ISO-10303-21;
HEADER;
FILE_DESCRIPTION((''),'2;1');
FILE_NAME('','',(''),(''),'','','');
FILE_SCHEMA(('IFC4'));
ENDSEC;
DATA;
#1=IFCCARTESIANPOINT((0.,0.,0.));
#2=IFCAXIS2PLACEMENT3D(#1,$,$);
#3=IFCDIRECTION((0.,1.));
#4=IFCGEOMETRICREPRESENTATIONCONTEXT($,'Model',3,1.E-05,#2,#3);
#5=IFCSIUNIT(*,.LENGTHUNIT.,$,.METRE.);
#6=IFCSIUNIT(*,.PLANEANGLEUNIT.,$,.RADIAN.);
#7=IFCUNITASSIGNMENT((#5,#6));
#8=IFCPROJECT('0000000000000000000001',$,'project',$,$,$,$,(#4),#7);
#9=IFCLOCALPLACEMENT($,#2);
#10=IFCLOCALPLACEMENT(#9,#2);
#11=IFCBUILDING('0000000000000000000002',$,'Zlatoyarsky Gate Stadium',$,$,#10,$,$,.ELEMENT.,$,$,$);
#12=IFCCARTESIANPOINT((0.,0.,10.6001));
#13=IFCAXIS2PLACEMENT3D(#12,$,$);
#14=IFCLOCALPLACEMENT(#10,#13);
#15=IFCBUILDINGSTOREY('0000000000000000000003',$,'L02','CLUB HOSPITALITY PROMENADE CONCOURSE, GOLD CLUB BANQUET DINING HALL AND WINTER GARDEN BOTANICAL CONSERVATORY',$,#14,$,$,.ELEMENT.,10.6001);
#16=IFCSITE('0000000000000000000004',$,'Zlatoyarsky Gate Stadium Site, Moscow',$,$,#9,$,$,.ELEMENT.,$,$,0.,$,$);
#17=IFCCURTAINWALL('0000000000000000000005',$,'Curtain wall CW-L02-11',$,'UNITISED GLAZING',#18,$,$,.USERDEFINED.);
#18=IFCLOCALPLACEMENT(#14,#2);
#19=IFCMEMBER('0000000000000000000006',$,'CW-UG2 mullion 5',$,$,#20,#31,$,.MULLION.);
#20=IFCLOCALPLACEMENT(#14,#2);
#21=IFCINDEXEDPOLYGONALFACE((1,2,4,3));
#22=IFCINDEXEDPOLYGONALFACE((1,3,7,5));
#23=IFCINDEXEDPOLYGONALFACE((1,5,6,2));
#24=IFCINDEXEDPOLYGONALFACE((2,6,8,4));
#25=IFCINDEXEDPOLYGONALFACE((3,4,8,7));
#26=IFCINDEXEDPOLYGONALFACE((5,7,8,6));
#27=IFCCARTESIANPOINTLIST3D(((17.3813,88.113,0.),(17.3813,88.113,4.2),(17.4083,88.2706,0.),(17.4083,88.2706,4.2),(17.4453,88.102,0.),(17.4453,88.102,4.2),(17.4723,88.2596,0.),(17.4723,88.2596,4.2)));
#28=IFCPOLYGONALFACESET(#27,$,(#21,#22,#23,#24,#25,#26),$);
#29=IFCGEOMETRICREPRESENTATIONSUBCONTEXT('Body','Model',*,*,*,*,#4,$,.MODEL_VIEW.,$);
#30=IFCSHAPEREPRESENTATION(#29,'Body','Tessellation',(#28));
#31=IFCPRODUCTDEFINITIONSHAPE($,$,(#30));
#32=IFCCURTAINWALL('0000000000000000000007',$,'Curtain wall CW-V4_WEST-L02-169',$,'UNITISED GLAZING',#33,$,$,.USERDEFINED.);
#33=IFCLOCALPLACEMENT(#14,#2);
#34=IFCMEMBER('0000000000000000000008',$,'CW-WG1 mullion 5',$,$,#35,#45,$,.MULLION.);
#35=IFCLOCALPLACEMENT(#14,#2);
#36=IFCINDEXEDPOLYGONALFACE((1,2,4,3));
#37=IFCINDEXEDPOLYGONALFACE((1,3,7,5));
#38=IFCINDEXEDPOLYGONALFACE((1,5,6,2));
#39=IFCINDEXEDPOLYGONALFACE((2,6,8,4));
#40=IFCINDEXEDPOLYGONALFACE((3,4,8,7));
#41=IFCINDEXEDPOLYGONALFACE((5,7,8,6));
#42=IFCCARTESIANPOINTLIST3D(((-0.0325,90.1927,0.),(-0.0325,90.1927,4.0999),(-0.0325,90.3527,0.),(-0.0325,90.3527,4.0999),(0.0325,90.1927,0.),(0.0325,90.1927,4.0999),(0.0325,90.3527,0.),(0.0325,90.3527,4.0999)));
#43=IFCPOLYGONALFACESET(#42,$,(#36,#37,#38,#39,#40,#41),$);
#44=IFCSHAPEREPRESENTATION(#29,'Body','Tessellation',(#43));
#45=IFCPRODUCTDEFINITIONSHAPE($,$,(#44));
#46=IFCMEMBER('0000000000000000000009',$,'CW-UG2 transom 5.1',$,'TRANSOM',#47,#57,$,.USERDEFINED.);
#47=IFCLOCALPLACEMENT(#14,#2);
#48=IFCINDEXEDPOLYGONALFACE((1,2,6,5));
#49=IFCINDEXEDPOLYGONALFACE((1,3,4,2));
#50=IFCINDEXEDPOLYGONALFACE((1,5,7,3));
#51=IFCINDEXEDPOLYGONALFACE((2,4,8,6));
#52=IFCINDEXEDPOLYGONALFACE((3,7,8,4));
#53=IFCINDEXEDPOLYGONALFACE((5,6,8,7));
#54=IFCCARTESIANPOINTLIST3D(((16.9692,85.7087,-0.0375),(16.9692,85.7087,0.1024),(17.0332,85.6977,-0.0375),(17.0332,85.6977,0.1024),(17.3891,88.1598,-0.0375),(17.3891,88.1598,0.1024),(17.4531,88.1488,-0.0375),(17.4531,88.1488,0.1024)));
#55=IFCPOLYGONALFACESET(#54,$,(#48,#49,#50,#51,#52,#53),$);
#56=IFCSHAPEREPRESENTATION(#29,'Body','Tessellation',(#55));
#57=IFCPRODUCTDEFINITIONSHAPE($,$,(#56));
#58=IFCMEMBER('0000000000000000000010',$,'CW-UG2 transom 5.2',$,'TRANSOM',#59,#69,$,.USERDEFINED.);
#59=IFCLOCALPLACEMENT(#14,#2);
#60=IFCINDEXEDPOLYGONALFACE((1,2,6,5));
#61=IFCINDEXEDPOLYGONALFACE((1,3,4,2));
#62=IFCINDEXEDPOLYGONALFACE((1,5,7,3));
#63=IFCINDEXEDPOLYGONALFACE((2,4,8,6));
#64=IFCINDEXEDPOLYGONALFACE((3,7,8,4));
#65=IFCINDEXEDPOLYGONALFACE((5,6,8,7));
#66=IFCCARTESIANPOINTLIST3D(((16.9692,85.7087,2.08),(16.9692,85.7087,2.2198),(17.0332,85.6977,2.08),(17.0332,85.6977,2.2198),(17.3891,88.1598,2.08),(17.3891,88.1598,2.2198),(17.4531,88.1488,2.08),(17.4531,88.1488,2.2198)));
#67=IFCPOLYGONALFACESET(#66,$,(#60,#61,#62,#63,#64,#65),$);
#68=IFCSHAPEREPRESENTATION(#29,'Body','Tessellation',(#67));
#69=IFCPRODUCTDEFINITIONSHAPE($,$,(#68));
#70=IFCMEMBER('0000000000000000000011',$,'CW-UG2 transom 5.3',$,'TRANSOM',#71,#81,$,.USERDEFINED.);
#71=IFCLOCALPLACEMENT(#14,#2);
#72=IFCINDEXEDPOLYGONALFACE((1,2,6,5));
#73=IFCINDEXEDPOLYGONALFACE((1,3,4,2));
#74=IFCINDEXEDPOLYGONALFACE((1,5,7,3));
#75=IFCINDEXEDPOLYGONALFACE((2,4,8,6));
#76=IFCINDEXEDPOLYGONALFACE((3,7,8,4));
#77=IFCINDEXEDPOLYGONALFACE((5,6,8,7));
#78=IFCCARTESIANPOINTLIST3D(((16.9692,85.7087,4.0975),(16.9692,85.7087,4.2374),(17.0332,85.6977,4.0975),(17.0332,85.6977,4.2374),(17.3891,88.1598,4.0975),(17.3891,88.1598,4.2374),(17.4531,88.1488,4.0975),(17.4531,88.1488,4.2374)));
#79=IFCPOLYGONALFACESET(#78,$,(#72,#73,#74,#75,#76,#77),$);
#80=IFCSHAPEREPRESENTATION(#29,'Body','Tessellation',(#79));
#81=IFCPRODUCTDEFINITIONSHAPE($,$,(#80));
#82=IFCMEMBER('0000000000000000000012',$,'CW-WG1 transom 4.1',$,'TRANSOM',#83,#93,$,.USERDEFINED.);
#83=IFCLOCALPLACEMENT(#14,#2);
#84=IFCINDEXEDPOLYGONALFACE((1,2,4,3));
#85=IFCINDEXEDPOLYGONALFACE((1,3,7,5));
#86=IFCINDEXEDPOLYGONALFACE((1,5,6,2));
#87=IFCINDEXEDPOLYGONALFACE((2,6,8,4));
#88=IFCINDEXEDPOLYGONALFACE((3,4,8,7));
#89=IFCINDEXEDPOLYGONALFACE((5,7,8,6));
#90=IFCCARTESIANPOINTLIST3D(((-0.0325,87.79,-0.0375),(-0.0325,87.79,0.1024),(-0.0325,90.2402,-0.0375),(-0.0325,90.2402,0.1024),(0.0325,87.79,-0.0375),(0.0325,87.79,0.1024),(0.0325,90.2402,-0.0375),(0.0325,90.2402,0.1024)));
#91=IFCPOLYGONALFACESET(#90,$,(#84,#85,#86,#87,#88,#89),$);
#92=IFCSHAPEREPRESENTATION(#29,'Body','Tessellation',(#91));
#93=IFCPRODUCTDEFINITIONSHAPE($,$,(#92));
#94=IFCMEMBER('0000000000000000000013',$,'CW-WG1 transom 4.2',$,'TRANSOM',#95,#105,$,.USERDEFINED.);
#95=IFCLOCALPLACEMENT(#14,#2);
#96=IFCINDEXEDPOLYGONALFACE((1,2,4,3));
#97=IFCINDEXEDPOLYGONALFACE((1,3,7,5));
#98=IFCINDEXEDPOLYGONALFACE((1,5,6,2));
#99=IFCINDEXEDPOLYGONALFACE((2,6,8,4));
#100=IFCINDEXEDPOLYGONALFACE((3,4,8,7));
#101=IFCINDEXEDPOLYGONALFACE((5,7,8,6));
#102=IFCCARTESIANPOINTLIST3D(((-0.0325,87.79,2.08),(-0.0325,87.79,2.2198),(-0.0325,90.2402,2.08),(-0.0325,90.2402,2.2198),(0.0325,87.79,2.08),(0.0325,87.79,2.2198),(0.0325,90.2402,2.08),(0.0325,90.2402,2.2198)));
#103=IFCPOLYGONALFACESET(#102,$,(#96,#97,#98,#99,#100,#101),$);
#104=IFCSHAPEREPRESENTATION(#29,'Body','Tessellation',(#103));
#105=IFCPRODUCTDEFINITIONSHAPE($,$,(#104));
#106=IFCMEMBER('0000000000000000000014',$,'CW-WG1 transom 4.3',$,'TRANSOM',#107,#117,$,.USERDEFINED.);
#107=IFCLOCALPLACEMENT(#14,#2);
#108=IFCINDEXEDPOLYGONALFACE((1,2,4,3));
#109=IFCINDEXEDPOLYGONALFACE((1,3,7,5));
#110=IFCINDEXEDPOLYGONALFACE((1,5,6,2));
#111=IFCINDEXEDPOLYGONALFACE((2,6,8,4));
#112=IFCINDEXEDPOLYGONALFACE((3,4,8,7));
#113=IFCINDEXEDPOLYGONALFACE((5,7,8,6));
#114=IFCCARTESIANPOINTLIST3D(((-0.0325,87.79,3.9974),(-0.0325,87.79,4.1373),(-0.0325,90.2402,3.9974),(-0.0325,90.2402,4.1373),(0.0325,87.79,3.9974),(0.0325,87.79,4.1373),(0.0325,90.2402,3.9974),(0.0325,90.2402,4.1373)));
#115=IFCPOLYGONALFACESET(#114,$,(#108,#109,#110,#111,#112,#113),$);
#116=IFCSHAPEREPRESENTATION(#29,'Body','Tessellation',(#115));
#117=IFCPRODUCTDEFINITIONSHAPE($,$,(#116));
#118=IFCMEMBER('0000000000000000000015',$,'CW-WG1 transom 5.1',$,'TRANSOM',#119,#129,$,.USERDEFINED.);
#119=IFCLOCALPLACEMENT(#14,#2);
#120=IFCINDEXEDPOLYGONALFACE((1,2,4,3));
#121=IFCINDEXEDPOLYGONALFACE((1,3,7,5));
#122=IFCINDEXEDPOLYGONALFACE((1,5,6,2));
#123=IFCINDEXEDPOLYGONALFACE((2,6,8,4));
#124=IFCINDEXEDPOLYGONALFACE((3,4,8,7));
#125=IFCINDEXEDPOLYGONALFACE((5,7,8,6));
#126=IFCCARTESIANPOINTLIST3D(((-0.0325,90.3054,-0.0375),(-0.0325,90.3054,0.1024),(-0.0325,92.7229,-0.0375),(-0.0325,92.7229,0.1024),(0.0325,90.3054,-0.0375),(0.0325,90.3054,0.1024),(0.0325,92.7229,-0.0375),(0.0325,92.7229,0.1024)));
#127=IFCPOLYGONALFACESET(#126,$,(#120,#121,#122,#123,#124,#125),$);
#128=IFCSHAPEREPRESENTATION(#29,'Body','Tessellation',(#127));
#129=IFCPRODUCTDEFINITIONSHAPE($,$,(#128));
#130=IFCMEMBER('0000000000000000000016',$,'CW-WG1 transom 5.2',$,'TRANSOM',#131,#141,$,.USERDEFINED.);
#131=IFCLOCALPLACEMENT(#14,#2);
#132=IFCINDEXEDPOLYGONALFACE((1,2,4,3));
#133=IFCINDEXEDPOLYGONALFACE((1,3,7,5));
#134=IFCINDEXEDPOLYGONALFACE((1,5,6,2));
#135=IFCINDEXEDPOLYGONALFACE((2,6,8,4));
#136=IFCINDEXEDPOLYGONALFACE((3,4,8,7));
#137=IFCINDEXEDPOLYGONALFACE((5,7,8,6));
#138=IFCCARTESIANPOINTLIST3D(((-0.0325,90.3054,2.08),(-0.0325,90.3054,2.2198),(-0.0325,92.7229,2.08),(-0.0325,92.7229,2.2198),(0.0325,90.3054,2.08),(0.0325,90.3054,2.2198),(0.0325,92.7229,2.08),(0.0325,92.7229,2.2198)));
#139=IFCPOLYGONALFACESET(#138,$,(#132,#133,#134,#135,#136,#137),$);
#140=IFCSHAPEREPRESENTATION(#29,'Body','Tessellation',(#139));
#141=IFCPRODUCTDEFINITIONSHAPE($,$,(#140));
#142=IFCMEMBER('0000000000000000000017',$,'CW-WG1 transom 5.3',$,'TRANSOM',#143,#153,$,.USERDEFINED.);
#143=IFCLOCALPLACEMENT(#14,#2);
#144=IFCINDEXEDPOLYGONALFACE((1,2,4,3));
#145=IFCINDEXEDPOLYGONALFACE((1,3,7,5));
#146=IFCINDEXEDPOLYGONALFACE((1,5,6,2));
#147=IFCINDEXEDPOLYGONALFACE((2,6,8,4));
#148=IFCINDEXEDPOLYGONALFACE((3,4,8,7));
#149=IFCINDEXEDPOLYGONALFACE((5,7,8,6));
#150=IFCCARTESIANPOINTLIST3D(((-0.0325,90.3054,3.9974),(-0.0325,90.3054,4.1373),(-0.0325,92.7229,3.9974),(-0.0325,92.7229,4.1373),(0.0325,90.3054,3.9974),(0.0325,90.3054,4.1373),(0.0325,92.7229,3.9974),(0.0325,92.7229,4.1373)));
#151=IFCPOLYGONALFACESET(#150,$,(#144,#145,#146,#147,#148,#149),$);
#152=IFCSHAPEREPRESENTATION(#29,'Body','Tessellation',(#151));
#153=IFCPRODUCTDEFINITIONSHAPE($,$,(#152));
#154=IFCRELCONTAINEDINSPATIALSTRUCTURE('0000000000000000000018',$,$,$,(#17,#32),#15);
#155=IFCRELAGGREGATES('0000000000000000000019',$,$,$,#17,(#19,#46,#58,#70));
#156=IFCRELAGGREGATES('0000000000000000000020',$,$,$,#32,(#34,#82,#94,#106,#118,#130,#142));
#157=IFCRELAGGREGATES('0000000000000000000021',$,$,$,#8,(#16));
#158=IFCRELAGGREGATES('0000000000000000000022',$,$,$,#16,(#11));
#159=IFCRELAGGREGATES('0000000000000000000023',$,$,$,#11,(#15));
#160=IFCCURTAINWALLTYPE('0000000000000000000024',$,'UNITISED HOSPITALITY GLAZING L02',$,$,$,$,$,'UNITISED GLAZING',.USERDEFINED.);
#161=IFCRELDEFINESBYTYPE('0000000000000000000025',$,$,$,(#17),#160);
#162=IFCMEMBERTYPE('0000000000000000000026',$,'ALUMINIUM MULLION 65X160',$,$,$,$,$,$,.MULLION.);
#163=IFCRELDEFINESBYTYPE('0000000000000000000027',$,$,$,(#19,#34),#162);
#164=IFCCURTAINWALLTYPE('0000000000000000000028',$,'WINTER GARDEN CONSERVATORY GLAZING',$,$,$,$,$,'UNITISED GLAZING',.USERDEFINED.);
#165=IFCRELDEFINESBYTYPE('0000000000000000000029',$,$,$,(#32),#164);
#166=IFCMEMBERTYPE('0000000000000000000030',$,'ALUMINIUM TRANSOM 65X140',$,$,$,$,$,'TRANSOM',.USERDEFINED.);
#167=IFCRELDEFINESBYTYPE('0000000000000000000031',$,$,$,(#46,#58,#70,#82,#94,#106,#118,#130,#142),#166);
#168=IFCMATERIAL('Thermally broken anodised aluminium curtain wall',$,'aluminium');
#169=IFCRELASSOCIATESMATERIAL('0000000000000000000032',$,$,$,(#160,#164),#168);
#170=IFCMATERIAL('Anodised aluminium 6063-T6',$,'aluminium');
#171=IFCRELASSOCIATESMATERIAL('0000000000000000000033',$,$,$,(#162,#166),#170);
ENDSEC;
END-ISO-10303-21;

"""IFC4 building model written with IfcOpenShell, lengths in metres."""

from ifc_helpers import new_model, si_unit, direction, frame, origin, origin_2d, place, context, subcontext, project, spatial, rectangle, extrude, material, material_profile, profile_set, type_object, element, aggregate, save


model = new_model("IFC4")

# Units and contexts
model_context = context("Model", 3, precision=1e-05, world=origin(), true_north=direction((0.0, 1.0)))
body_context = subcontext(model_context, "Body", "Model", "MODEL_VIEW")
ifc_project = project(units=[si_unit("LENGTHUNIT", "METRE"), si_unit("PLANEANGLEUNIT", "RADIAN")], contexts=[model_context])

# Site, building, storey
site_placement = place(None, origin())
site = spatial("IfcSite", under=ifc_project, at=site_placement, Name="Zlatoyarsky Gate Stadium Site, Moscow", CompositionType="ELEMENT", RefElevation=0.0)
building_placement = place(site_placement, origin())
building = spatial("IfcBuilding", under=site, at=building_placement, Name="Zlatoyarsky Gate Stadium", CompositionType="ELEMENT")
storey_placement = place(building_placement, frame((0.0, 0.0, 10.6001)))
storey = spatial("IfcBuildingStorey", under=building, at=storey_placement, Name="L02", Description="CLUB HOSPITALITY PROMENADE CONCOURSE, GOLD CLUB BANQUET DINING HALL AND WINTER GARDEN BOTANICAL CONSERVATORY", CompositionType="ELEMENT", Elevation=10.6001)

# Curtain walls, members
ifc_material_1 = material(Name="Thermally broken anodised aluminium curtain wall", Category="aluminium")
curtain_wall_type_1 = type_object("IfcCurtainWallType", Name="UNITISED HOSPITALITY GLAZING L02", ElementType="UNITISED GLAZING", PredefinedType="USERDEFINED", material=ifc_material_1)
curtain_wall_1_placement = place(storey_placement, origin())
curtain_wall_1 = element("IfcCurtainWall", 1, at=curtain_wall_1_placement, inside=storey, type_object=curtain_wall_type_1, Name="Curtain wall CW-L02-11", ObjectType="UNITISED GLAZING", PredefinedType="USERDEFINED")
ifc_material_2 = material(Name="Anodised aluminium 6063-T6", Category="aluminium")
ifc_material_profile_1 = material_profile(ifc_material_2, rectangle(XDim=0.0649, YDim=0.1599, at=origin_2d()), Name="ALU 65X160")
ifc_profile_set_1 = profile_set([ifc_material_profile_1], Name="Anodised aluminium 6063-T6")
member_type_1 = type_object("IfcMemberType", Name="ALUMINIUM MULLION 65X160", PredefinedType="MULLION", material=ifc_profile_set_1)
member_1_placement = place(storey_placement, frame((17.4268, 88.1863, 0.0), z_axis=(0.0, 0.0, 1.0), x_axis=(0.985637, -0.168876, 0.0)))
member_1 = element("IfcMember", 2, at=member_1_placement, type_object=member_type_1, Name="CW-UG2 mullion 5", PredefinedType="MULLION", context=body_context, shape_type="SweptSolid", body=[
    extrude(rectangle(XDim=0.0649, YDim=0.1599, at=origin_2d()), origin(), (0.0, 0.0, 1.0), 4.2),
])
curtain_wall_type_2 = type_object("IfcCurtainWallType", Name="WINTER GARDEN CONSERVATORY GLAZING", ElementType="UNITISED GLAZING", PredefinedType="USERDEFINED", material=ifc_material_1)
curtain_wall_2_placement = place(storey_placement, origin())
curtain_wall_2 = element("IfcCurtainWall", 3, at=curtain_wall_2_placement, inside=storey, type_object=curtain_wall_type_2, Name="Curtain wall CW-V4_WEST-L02-169", ObjectType="UNITISED GLAZING", PredefinedType="USERDEFINED")
member_2_placement = place(storey_placement, frame((0.0, 90.2727, 0.0), z_axis=(0.0, 0.0, 1.0), x_axis=(-1.0, 0.0, 0.0)))
member_2 = element("IfcMember", 4, at=member_2_placement, type_object=member_type_1, Name="CW-WG1 mullion 5", PredefinedType="MULLION", context=body_context, shape_type="SweptSolid", body=[
    extrude(rectangle(XDim=0.0649, YDim=0.1599, at=origin_2d()), origin(), (0.0, 0.0, 1.0), 4.0999),
])

# Members
ifc_material_profile_2 = material_profile(ifc_material_2, rectangle(XDim=0.0649, YDim=0.1399, at=origin_2d()), Name="ALU 65X140")
ifc_profile_set_2 = profile_set([ifc_material_profile_2], Name="Anodised aluminium 6063-T6")
member_type_2 = type_object("IfcMemberType", Name="ALUMINIUM TRANSOM 65X140", ElementType="TRANSOM", PredefinedType="USERDEFINED", material=ifc_profile_set_2)
member_3_placement = place(storey_placement, frame((17.4211, 88.1543, 0.0325), z_axis=(-0.168855, -0.985641, 0.0), x_axis=(0.985641, -0.168855, 0.0)))
member_3 = element("IfcMember", 5, at=member_3_placement, type_object=member_type_2, Name="CW-UG2 transom 5.1", ObjectType="TRANSOM", PredefinedType="USERDEFINED", context=body_context, shape_type="SweptSolid", body=[
    extrude(rectangle(XDim=0.0649, YDim=0.1399, at=origin_2d()), origin(), (0.0, 0.0, 1.0), 2.4868),
])
member_4_placement = place(storey_placement, frame((17.4211, 88.1543, 2.1499), z_axis=(-0.168855, -0.985641, 0.0), x_axis=(0.985641, -0.168855, 0.0)))
member_4 = element("IfcMember", 6, at=member_4_placement, type_object=member_type_2, Name="CW-UG2 transom 5.2", ObjectType="TRANSOM", PredefinedType="USERDEFINED", context=body_context, shape_type="SweptSolid", body=[
    extrude(rectangle(XDim=0.0649, YDim=0.1399, at=origin_2d()), origin(), (0.0, 0.0, 1.0), 2.4868),
])
member_5_placement = place(storey_placement, frame((17.4211, 88.1543, 4.1675), z_axis=(-0.168855, -0.985641, 0.0), x_axis=(0.985641, -0.168855, 0.0)))
member_5 = element("IfcMember", 7, at=member_5_placement, type_object=member_type_2, Name="CW-UG2 transom 5.3", ObjectType="TRANSOM", PredefinedType="USERDEFINED", context=body_context, shape_type="SweptSolid", body=[
    extrude(rectangle(XDim=0.0649, YDim=0.1399, at=origin_2d()), origin(), (0.0, 0.0, 1.0), 2.4868),
])
member_6_placement = place(storey_placement, frame((0.0, 87.79, 0.0325), z_axis=(0.0, 1.0, 0.0), x_axis=(-1.0, 0.0, 0.0)))
member_6 = element("IfcMember", 8, at=member_6_placement, type_object=member_type_2, Name="CW-WG1 transom 4.1", ObjectType="TRANSOM", PredefinedType="USERDEFINED", context=body_context, shape_type="SweptSolid", body=[
    extrude(rectangle(XDim=0.0649, YDim=0.1399, at=origin_2d()), origin(), (0.0, 0.0, 1.0), 2.4502),
])
member_7_placement = place(storey_placement, frame((0.0, 87.79, 2.1499), z_axis=(0.0, 1.0, 0.0), x_axis=(-1.0, 0.0, 0.0)))
member_7 = element("IfcMember", 9, at=member_7_placement, type_object=member_type_2, Name="CW-WG1 transom 4.2", ObjectType="TRANSOM", PredefinedType="USERDEFINED", context=body_context, shape_type="SweptSolid", body=[
    extrude(rectangle(XDim=0.0649, YDim=0.1399, at=origin_2d()), origin(), (0.0, 0.0, 1.0), 2.4502),
])
member_8_placement = place(storey_placement, frame((0.0, 87.79, 4.0674), z_axis=(0.0, 1.0, 0.0), x_axis=(-1.0, 0.0, 0.0)))
member_8 = element("IfcMember", 10, at=member_8_placement, type_object=member_type_2, Name="CW-WG1 transom 4.3", ObjectType="TRANSOM", PredefinedType="USERDEFINED", context=body_context, shape_type="SweptSolid", body=[
    extrude(rectangle(XDim=0.0649, YDim=0.1399, at=origin_2d()), origin(), (0.0, 0.0, 1.0), 2.4502),
])
member_9_placement = place(storey_placement, frame((0.0, 90.3054, 0.0325), z_axis=(0.0, 1.0, 0.0), x_axis=(-1.0, 0.0, 0.0)))
member_9 = element("IfcMember", 11, at=member_9_placement, type_object=member_type_2, Name="CW-WG1 transom 5.1", ObjectType="TRANSOM", PredefinedType="USERDEFINED", context=body_context, shape_type="SweptSolid", body=[
    extrude(rectangle(XDim=0.0649, YDim=0.1399, at=origin_2d()), origin(), (0.0, 0.0, 1.0), 2.4175),
])
member_10_placement = place(storey_placement, frame((0.0, 90.3054, 2.1499), z_axis=(0.0, 1.0, 0.0), x_axis=(-1.0, 0.0, 0.0)))
member_10 = element("IfcMember", 12, at=member_10_placement, type_object=member_type_2, Name="CW-WG1 transom 5.2", ObjectType="TRANSOM", PredefinedType="USERDEFINED", context=body_context, shape_type="SweptSolid", body=[
    extrude(rectangle(XDim=0.0649, YDim=0.1399, at=origin_2d()), origin(), (0.0, 0.0, 1.0), 2.4175),
])
member_11_placement = place(storey_placement, frame((0.0, 90.3054, 4.0674), z_axis=(0.0, 1.0, 0.0), x_axis=(-1.0, 0.0, 0.0)))
member_11 = element("IfcMember", 13, at=member_11_placement, type_object=member_type_2, Name="CW-WG1 transom 5.3", ObjectType="TRANSOM", PredefinedType="USERDEFINED", context=body_context, shape_type="SweptSolid", body=[
    extrude(rectangle(XDim=0.0649, YDim=0.1399, at=origin_2d()), origin(), (0.0, 0.0, 1.0), 2.4175),
])

aggregate(curtain_wall_1, [member_1, member_3, member_4, member_5])
aggregate(curtain_wall_2, [member_2, member_6, member_7, member_8, member_9, member_10, member_11])

save(model, "model.ifc")
